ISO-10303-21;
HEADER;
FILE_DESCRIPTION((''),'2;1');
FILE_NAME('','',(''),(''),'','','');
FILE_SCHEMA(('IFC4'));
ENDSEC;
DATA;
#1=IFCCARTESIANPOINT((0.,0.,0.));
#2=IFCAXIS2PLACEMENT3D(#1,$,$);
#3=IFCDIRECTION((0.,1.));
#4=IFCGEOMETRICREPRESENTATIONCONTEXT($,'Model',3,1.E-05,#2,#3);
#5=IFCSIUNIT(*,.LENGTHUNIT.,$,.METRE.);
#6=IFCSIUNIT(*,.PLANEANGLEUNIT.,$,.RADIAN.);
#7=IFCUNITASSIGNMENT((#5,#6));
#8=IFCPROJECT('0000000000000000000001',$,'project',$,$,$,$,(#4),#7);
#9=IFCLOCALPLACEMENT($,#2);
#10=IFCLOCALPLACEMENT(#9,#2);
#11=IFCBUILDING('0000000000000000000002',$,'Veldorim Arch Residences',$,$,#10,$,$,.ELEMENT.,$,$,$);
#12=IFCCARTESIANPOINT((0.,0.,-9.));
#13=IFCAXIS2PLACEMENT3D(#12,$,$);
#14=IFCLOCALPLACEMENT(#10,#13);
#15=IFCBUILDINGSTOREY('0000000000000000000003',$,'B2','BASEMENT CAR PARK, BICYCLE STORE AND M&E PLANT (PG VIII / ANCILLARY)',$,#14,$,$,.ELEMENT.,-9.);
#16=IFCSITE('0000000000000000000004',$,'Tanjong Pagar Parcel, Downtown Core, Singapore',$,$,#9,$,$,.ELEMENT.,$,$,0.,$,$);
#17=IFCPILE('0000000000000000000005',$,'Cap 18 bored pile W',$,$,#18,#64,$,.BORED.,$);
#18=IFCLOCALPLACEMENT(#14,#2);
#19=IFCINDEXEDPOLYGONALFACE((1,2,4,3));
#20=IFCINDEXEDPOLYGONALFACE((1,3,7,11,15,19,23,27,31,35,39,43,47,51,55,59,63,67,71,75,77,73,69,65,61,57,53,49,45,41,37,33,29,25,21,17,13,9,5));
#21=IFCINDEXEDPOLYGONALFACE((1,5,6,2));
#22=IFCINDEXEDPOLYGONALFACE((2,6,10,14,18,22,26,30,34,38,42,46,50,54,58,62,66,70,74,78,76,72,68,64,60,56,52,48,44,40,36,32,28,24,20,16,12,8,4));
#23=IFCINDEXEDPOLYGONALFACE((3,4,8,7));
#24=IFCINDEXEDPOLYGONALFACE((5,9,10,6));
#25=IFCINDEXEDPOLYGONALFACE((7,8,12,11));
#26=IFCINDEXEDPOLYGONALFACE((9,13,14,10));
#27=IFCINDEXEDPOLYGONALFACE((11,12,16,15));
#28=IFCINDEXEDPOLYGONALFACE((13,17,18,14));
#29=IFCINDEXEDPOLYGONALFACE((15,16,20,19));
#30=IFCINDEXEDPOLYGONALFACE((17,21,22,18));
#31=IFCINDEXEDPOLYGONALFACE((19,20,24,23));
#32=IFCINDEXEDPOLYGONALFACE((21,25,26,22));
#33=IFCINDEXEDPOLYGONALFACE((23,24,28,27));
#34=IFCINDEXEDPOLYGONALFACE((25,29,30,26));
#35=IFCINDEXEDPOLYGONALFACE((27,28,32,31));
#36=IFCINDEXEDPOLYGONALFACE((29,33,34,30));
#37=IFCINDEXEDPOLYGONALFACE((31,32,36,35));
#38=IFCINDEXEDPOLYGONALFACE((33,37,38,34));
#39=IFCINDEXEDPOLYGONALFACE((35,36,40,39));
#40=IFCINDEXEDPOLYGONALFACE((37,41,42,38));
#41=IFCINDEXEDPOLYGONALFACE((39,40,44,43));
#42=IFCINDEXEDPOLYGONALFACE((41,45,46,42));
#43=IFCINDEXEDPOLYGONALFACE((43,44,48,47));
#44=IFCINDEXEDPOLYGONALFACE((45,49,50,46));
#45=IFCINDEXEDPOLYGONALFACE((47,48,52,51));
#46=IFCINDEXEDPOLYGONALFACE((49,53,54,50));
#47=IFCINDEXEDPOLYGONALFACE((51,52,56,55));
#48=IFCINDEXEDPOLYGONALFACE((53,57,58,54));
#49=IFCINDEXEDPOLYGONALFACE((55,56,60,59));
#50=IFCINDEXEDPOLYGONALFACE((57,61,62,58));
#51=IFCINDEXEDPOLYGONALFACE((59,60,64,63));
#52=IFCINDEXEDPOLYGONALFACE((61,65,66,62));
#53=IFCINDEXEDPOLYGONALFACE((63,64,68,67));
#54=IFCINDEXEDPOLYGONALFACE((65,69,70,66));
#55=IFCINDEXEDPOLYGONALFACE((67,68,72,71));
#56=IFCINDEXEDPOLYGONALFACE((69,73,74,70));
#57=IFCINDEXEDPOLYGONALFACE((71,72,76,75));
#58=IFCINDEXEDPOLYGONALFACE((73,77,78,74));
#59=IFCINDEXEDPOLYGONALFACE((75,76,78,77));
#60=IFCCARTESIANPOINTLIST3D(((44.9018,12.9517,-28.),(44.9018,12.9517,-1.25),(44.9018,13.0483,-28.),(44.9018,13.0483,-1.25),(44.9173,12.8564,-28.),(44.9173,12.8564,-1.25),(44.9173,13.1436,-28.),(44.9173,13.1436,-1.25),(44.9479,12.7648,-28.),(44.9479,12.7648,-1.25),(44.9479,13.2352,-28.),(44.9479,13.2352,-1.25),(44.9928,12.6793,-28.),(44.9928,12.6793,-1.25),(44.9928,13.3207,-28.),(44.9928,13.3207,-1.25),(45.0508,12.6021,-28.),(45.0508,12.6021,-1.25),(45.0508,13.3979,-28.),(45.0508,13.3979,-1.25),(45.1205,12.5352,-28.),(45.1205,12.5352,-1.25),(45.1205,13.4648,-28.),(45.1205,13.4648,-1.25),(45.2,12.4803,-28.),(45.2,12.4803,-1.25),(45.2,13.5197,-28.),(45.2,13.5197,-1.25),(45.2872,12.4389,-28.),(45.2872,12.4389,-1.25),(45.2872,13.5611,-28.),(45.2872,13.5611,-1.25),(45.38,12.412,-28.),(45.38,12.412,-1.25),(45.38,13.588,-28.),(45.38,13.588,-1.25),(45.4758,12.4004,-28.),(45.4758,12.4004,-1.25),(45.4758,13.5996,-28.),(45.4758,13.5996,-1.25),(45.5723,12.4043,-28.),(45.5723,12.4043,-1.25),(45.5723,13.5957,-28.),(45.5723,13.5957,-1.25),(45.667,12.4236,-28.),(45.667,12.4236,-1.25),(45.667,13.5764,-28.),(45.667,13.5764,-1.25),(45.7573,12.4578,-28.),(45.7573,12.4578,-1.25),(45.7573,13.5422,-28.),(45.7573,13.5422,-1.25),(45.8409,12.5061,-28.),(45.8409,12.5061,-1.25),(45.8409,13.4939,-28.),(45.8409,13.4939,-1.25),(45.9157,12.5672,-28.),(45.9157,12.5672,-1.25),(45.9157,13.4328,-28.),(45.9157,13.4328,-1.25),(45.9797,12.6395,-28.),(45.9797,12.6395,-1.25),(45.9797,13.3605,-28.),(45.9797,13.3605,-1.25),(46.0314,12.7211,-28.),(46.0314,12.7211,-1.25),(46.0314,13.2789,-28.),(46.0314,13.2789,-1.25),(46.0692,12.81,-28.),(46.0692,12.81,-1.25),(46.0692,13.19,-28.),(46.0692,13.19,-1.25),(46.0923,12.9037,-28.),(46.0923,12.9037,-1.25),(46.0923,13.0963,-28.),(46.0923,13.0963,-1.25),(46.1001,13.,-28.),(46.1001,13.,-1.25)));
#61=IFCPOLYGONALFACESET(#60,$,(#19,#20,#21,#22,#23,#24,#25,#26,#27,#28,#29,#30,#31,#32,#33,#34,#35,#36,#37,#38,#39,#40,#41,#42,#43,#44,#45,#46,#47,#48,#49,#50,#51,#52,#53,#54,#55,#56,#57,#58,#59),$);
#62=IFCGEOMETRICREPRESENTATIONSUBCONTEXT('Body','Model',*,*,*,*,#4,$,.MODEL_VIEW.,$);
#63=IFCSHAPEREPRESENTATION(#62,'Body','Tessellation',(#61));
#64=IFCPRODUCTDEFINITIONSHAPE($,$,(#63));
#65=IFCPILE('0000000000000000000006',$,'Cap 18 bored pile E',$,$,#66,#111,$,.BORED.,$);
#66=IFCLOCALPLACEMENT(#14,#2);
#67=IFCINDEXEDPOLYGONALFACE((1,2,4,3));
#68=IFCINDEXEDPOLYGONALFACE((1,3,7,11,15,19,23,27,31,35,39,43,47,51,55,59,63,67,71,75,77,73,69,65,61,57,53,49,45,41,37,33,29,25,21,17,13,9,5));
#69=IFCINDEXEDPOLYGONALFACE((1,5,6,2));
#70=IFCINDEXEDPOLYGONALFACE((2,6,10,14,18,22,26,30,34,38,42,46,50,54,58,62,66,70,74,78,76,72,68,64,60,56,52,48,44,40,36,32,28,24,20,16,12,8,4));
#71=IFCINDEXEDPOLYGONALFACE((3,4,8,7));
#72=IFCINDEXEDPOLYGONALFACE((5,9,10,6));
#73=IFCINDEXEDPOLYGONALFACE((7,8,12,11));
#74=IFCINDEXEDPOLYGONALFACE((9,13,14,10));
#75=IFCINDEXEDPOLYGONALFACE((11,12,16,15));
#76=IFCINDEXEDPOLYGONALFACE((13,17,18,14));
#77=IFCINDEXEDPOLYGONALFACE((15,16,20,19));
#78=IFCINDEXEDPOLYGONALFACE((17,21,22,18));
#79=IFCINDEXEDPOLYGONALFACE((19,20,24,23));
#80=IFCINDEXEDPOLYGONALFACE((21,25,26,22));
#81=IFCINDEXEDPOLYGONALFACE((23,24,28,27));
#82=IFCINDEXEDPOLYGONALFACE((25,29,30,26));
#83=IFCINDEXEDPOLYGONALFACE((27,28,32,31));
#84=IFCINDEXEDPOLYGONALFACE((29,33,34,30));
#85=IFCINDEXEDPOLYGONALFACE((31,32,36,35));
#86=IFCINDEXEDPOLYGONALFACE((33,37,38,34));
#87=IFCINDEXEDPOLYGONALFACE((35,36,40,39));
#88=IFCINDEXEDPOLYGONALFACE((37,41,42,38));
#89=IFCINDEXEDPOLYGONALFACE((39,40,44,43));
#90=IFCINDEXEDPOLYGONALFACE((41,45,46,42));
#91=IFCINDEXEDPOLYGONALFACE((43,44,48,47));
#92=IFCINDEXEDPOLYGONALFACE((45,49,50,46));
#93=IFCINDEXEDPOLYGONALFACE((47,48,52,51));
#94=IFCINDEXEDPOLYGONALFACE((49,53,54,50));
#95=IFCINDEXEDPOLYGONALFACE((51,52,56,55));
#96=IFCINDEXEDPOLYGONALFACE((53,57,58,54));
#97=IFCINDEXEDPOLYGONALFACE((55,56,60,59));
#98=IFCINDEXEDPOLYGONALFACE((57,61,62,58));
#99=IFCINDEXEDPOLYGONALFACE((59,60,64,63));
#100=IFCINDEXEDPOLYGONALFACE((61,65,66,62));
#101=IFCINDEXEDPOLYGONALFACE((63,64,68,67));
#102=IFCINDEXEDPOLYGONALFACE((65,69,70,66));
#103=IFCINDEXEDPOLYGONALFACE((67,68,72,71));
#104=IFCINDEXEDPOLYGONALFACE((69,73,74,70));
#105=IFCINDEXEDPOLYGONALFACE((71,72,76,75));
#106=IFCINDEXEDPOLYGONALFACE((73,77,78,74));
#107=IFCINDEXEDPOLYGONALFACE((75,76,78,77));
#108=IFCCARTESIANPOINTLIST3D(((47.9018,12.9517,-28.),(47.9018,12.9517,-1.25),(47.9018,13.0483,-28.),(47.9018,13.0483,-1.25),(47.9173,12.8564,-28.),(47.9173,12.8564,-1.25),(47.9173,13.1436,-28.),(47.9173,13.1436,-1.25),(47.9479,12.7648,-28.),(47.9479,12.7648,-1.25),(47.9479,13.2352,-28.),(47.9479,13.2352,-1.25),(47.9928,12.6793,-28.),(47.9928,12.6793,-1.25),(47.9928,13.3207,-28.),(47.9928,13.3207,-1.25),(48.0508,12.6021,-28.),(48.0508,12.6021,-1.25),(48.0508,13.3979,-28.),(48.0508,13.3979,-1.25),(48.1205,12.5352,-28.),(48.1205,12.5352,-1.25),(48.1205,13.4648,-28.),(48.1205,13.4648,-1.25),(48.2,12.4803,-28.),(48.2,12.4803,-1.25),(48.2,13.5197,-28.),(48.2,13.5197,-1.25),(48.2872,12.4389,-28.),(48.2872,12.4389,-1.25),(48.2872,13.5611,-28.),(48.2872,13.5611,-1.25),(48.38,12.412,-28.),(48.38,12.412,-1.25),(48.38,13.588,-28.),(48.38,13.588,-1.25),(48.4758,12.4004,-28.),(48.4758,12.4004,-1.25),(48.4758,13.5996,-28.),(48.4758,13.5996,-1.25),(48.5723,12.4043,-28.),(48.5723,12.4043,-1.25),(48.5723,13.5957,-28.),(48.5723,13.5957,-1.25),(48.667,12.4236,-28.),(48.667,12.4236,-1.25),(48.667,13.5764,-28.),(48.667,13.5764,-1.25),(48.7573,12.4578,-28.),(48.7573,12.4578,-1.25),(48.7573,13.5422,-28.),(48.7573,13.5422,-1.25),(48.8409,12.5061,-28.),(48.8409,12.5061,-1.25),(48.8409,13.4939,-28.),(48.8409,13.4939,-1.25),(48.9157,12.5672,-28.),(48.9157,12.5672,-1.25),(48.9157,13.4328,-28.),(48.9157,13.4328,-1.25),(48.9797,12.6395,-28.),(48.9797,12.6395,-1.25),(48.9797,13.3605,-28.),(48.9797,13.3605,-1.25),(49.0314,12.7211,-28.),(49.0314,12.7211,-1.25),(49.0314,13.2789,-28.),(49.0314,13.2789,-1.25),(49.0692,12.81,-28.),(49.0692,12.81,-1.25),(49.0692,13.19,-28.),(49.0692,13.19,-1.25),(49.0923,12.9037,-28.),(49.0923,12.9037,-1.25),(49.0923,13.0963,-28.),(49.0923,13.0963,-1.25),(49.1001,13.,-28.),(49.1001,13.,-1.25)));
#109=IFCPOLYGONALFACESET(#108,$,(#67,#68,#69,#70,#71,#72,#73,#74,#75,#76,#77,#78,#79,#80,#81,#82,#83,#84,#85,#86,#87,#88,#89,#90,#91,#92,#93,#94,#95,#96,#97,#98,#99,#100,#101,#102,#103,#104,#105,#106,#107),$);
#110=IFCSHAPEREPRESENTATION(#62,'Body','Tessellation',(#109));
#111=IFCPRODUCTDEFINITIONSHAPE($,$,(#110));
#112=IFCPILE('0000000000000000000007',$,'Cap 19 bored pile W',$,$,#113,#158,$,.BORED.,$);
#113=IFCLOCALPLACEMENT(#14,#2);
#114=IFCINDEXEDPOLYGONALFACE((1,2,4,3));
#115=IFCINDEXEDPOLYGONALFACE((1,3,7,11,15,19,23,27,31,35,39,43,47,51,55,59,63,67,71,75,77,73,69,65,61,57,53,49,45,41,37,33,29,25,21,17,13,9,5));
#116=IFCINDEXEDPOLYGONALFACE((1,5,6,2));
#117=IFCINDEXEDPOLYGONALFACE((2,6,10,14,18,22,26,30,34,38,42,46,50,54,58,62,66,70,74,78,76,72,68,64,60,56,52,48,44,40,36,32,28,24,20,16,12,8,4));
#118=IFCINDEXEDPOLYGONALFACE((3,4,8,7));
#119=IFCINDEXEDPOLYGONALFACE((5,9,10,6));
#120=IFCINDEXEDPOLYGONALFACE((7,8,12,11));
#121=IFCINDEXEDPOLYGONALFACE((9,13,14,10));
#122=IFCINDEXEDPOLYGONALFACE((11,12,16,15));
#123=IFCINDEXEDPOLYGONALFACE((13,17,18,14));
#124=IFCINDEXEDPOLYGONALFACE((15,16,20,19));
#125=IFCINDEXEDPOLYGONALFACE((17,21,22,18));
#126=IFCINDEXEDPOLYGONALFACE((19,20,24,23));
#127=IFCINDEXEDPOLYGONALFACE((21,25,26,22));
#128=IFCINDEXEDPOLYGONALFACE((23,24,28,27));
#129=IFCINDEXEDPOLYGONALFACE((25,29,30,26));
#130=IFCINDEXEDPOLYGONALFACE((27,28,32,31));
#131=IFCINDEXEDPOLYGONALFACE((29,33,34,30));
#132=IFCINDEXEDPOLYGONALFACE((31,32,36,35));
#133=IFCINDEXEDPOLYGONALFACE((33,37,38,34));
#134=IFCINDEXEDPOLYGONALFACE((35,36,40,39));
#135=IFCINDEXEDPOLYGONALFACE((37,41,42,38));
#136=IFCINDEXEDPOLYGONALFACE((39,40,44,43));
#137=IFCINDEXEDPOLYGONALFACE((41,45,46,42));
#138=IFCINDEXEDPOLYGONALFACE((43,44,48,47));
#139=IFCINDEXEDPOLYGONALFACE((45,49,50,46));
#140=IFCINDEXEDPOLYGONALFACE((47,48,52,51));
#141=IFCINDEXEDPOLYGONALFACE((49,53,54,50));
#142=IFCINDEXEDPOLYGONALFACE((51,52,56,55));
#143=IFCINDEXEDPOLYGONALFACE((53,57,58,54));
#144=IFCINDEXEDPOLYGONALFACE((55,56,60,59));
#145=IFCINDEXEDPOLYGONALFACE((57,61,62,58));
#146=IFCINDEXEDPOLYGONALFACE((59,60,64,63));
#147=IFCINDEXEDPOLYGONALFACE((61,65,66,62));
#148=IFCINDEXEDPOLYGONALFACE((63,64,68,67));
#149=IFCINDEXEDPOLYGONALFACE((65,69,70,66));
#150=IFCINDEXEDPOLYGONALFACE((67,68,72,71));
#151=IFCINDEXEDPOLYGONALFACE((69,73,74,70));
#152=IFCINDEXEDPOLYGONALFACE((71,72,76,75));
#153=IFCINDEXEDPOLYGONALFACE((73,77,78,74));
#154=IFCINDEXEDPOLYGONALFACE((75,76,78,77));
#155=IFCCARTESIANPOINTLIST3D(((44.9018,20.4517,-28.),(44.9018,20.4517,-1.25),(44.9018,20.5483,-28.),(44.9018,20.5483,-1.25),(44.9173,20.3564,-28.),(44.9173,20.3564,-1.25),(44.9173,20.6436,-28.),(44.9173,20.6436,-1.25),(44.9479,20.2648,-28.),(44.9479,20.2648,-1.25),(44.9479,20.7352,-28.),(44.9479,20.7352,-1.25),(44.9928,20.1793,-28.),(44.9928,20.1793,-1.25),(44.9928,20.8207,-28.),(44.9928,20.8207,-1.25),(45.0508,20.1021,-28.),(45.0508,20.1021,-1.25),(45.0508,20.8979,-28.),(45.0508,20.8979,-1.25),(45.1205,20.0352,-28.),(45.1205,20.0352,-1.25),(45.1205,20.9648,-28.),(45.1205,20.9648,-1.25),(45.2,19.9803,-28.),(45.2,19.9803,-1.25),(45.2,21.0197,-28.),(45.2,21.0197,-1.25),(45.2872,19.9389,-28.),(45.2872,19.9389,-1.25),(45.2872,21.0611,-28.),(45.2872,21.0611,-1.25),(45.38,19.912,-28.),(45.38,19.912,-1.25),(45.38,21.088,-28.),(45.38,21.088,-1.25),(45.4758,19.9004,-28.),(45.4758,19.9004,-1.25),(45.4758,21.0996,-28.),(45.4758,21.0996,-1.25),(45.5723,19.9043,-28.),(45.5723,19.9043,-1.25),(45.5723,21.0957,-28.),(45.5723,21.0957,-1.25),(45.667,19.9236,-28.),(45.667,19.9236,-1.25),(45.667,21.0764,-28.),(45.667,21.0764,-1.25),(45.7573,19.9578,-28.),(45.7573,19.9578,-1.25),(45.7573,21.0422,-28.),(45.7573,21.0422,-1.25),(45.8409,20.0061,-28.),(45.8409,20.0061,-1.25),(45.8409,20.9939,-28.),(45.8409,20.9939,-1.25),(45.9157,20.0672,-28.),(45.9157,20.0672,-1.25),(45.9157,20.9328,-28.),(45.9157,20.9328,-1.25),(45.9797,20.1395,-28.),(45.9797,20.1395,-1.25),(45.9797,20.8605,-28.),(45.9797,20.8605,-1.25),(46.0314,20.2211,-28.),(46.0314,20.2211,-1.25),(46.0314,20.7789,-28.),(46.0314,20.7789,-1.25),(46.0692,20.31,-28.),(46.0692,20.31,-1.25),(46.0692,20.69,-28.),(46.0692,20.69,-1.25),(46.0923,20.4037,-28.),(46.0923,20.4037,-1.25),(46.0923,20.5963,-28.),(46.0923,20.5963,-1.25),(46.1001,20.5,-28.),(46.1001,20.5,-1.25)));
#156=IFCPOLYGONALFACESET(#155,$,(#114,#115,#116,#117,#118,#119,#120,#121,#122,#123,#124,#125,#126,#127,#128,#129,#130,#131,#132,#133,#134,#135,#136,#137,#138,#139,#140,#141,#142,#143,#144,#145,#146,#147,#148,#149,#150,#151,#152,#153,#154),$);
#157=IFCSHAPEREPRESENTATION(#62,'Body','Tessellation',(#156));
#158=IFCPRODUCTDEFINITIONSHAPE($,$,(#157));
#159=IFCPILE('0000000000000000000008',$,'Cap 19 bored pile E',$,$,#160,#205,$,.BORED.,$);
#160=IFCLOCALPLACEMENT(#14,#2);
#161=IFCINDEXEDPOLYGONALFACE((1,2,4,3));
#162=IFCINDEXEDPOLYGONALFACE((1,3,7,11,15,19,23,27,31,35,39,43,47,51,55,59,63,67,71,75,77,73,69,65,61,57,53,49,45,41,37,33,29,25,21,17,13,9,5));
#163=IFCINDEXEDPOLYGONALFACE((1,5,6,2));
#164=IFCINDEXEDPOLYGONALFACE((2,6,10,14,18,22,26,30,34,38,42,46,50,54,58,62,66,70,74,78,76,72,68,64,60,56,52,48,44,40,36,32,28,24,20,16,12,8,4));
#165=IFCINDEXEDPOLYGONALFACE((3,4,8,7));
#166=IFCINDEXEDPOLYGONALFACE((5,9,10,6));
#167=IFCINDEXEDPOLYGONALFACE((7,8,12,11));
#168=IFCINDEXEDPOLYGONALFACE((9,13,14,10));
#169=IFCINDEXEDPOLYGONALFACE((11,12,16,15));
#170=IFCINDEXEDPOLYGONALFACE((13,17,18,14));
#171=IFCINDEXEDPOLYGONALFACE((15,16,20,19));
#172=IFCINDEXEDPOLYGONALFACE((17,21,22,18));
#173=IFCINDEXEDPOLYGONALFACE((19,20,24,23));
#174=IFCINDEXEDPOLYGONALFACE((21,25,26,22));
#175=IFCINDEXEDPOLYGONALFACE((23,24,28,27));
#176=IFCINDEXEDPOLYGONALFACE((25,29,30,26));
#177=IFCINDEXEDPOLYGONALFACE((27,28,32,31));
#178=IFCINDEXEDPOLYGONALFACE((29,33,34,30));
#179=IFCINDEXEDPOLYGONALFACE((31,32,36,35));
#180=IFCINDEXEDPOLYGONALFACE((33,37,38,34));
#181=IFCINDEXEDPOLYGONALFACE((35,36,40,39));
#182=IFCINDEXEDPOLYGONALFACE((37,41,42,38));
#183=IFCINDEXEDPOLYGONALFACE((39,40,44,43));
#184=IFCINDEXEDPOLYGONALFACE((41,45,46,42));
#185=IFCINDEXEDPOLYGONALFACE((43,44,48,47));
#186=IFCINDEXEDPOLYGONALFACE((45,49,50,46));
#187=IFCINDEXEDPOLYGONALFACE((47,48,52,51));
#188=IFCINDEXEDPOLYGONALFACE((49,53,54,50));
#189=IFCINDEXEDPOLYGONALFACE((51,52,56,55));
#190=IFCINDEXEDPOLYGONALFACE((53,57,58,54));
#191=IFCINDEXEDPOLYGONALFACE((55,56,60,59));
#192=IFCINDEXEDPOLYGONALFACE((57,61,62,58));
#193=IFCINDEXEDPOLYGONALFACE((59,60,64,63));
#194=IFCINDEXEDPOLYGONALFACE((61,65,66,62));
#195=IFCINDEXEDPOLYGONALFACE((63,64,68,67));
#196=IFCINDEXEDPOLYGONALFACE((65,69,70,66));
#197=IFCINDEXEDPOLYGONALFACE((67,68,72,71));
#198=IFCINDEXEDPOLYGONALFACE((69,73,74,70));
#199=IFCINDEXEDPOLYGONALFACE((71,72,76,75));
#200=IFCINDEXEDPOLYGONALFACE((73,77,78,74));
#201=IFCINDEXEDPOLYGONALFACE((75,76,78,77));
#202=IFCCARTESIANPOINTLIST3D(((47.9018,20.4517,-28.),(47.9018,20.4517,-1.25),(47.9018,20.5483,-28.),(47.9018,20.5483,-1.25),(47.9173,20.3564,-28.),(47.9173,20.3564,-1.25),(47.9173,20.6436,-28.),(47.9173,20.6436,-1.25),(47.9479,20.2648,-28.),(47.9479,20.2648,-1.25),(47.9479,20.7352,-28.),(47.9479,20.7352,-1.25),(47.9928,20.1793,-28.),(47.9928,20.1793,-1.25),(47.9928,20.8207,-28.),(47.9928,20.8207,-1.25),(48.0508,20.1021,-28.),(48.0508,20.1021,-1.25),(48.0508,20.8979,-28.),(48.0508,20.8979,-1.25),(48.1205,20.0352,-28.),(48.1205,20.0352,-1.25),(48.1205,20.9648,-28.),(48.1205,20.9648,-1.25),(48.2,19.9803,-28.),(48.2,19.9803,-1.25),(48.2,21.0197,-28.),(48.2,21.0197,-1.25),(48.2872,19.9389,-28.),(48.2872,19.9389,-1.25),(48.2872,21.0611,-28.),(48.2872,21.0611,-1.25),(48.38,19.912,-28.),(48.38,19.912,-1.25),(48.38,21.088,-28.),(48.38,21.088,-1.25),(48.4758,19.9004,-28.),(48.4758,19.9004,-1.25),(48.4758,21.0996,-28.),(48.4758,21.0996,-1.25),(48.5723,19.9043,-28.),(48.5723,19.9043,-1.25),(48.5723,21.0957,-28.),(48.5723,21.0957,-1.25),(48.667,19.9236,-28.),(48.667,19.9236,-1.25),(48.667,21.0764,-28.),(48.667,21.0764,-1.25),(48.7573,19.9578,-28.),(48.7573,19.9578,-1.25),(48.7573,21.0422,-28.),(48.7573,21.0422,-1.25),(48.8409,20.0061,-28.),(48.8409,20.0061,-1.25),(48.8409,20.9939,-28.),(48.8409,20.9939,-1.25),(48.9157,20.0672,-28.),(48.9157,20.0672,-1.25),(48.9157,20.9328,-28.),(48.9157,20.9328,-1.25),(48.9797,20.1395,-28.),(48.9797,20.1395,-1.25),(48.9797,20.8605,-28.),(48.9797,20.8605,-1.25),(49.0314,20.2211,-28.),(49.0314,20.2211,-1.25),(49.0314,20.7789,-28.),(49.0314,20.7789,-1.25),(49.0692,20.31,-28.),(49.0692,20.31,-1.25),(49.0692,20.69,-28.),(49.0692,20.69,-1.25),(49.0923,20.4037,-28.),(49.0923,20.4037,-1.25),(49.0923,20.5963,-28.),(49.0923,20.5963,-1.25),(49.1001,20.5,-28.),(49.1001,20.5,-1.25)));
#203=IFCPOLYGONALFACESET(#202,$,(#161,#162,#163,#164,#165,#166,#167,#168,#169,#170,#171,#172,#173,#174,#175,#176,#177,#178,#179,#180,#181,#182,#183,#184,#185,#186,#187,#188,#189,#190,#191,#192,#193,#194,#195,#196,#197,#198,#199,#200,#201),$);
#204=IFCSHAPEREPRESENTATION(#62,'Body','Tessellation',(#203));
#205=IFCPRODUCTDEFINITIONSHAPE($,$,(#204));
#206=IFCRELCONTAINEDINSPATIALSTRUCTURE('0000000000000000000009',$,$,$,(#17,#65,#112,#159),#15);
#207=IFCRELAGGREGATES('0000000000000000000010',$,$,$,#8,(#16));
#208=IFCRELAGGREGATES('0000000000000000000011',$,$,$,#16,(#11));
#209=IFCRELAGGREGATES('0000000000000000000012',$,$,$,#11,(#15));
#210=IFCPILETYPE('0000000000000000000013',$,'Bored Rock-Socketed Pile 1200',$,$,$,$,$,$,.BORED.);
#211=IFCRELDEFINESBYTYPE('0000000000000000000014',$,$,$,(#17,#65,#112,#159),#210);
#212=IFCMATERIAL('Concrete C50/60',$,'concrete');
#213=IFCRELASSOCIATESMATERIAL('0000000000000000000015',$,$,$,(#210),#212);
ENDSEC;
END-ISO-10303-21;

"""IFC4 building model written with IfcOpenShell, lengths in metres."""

from ifc_helpers import new_model, si_unit, direction, frame, origin, origin_2d, place, context, subcontext, project, spatial, circle, extrude, material, material_profile, profile_set, type_object, element, save


model = new_model("IFC4")

# Units and contexts
model_context = context("Model", 3, precision=1e-05, world=origin(), true_north=direction((0.0, 1.0)))
body_context = subcontext(model_context, "Body", "Model", "MODEL_VIEW")
ifc_project = project(units=[si_unit("LENGTHUNIT", "METRE"), si_unit("PLANEANGLEUNIT", "RADIAN")], contexts=[model_context])

# Site, building, storey
site_placement = place(None, origin())
site = spatial("IfcSite", under=ifc_project, at=site_placement, Name="Tanjong Pagar Parcel, Downtown Core, Singapore", CompositionType="ELEMENT", RefElevation=0.0)
building_placement = place(site_placement, origin())
building = spatial("IfcBuilding", under=site, at=building_placement, Name="Veldorim Arch Residences", CompositionType="ELEMENT")
storey_placement = place(building_placement, frame((0.0, 0.0, -9.0)))
storey = spatial("IfcBuildingStorey", under=building, at=storey_placement, Name="B2", Description="BASEMENT CAR PARK, BICYCLE STORE AND M&E PLANT (PG VIII / ANCILLARY)", CompositionType="ELEMENT", Elevation=-9.0)

# Piles
ifc_material_1 = material(Name="Concrete C50/60", Category="concrete")
ifc_material_profile_1 = material_profile(ifc_material_1, circle(Radius=0.6001, at=origin_2d()), Name="PILE_1200")
ifc_profile_set_1 = profile_set([ifc_material_profile_1], Name="Concrete C50/60")
pile_type_1 = type_object("IfcPileType", Name="Bored Rock-Socketed Pile 1200", PredefinedType="BORED", material=ifc_profile_set_1)
for number, where, z_axis, x_axis, name in (
    (1, (45.5, 13.0, -1.25), (0.0, 0.0, -1.0), (1.0, 0.0, 0.0), "Cap 18 bored pile W"),
    (2, (48.5, 13.0, -1.25), (0.0, 0.0, -1.0), (1.0, 0.0, 0.0), "Cap 18 bored pile E"),
    (3, (45.5, 20.5, -1.25), (0.0, 0.0, -1.0), (1.0, 0.0, 0.0), "Cap 19 bored pile W"),
    (4, (48.5, 20.5, -1.25), (0.0, 0.0, -1.0), (1.0, 0.0, 0.0), "Cap 19 bored pile E"),
):
    element("IfcPile", number, at=place(storey_placement, frame(where, z_axis=z_axis, x_axis=x_axis)), inside=storey, type_object=pile_type_1, Name=name, PredefinedType="BORED", context=body_context, shape_type="SweptSolid", body=[
        extrude(circle(Radius=0.6001, at=origin_2d()), origin(), (0.0, 0.0, 1.0), 26.75),
    ])

save(model, "model.ifc")
